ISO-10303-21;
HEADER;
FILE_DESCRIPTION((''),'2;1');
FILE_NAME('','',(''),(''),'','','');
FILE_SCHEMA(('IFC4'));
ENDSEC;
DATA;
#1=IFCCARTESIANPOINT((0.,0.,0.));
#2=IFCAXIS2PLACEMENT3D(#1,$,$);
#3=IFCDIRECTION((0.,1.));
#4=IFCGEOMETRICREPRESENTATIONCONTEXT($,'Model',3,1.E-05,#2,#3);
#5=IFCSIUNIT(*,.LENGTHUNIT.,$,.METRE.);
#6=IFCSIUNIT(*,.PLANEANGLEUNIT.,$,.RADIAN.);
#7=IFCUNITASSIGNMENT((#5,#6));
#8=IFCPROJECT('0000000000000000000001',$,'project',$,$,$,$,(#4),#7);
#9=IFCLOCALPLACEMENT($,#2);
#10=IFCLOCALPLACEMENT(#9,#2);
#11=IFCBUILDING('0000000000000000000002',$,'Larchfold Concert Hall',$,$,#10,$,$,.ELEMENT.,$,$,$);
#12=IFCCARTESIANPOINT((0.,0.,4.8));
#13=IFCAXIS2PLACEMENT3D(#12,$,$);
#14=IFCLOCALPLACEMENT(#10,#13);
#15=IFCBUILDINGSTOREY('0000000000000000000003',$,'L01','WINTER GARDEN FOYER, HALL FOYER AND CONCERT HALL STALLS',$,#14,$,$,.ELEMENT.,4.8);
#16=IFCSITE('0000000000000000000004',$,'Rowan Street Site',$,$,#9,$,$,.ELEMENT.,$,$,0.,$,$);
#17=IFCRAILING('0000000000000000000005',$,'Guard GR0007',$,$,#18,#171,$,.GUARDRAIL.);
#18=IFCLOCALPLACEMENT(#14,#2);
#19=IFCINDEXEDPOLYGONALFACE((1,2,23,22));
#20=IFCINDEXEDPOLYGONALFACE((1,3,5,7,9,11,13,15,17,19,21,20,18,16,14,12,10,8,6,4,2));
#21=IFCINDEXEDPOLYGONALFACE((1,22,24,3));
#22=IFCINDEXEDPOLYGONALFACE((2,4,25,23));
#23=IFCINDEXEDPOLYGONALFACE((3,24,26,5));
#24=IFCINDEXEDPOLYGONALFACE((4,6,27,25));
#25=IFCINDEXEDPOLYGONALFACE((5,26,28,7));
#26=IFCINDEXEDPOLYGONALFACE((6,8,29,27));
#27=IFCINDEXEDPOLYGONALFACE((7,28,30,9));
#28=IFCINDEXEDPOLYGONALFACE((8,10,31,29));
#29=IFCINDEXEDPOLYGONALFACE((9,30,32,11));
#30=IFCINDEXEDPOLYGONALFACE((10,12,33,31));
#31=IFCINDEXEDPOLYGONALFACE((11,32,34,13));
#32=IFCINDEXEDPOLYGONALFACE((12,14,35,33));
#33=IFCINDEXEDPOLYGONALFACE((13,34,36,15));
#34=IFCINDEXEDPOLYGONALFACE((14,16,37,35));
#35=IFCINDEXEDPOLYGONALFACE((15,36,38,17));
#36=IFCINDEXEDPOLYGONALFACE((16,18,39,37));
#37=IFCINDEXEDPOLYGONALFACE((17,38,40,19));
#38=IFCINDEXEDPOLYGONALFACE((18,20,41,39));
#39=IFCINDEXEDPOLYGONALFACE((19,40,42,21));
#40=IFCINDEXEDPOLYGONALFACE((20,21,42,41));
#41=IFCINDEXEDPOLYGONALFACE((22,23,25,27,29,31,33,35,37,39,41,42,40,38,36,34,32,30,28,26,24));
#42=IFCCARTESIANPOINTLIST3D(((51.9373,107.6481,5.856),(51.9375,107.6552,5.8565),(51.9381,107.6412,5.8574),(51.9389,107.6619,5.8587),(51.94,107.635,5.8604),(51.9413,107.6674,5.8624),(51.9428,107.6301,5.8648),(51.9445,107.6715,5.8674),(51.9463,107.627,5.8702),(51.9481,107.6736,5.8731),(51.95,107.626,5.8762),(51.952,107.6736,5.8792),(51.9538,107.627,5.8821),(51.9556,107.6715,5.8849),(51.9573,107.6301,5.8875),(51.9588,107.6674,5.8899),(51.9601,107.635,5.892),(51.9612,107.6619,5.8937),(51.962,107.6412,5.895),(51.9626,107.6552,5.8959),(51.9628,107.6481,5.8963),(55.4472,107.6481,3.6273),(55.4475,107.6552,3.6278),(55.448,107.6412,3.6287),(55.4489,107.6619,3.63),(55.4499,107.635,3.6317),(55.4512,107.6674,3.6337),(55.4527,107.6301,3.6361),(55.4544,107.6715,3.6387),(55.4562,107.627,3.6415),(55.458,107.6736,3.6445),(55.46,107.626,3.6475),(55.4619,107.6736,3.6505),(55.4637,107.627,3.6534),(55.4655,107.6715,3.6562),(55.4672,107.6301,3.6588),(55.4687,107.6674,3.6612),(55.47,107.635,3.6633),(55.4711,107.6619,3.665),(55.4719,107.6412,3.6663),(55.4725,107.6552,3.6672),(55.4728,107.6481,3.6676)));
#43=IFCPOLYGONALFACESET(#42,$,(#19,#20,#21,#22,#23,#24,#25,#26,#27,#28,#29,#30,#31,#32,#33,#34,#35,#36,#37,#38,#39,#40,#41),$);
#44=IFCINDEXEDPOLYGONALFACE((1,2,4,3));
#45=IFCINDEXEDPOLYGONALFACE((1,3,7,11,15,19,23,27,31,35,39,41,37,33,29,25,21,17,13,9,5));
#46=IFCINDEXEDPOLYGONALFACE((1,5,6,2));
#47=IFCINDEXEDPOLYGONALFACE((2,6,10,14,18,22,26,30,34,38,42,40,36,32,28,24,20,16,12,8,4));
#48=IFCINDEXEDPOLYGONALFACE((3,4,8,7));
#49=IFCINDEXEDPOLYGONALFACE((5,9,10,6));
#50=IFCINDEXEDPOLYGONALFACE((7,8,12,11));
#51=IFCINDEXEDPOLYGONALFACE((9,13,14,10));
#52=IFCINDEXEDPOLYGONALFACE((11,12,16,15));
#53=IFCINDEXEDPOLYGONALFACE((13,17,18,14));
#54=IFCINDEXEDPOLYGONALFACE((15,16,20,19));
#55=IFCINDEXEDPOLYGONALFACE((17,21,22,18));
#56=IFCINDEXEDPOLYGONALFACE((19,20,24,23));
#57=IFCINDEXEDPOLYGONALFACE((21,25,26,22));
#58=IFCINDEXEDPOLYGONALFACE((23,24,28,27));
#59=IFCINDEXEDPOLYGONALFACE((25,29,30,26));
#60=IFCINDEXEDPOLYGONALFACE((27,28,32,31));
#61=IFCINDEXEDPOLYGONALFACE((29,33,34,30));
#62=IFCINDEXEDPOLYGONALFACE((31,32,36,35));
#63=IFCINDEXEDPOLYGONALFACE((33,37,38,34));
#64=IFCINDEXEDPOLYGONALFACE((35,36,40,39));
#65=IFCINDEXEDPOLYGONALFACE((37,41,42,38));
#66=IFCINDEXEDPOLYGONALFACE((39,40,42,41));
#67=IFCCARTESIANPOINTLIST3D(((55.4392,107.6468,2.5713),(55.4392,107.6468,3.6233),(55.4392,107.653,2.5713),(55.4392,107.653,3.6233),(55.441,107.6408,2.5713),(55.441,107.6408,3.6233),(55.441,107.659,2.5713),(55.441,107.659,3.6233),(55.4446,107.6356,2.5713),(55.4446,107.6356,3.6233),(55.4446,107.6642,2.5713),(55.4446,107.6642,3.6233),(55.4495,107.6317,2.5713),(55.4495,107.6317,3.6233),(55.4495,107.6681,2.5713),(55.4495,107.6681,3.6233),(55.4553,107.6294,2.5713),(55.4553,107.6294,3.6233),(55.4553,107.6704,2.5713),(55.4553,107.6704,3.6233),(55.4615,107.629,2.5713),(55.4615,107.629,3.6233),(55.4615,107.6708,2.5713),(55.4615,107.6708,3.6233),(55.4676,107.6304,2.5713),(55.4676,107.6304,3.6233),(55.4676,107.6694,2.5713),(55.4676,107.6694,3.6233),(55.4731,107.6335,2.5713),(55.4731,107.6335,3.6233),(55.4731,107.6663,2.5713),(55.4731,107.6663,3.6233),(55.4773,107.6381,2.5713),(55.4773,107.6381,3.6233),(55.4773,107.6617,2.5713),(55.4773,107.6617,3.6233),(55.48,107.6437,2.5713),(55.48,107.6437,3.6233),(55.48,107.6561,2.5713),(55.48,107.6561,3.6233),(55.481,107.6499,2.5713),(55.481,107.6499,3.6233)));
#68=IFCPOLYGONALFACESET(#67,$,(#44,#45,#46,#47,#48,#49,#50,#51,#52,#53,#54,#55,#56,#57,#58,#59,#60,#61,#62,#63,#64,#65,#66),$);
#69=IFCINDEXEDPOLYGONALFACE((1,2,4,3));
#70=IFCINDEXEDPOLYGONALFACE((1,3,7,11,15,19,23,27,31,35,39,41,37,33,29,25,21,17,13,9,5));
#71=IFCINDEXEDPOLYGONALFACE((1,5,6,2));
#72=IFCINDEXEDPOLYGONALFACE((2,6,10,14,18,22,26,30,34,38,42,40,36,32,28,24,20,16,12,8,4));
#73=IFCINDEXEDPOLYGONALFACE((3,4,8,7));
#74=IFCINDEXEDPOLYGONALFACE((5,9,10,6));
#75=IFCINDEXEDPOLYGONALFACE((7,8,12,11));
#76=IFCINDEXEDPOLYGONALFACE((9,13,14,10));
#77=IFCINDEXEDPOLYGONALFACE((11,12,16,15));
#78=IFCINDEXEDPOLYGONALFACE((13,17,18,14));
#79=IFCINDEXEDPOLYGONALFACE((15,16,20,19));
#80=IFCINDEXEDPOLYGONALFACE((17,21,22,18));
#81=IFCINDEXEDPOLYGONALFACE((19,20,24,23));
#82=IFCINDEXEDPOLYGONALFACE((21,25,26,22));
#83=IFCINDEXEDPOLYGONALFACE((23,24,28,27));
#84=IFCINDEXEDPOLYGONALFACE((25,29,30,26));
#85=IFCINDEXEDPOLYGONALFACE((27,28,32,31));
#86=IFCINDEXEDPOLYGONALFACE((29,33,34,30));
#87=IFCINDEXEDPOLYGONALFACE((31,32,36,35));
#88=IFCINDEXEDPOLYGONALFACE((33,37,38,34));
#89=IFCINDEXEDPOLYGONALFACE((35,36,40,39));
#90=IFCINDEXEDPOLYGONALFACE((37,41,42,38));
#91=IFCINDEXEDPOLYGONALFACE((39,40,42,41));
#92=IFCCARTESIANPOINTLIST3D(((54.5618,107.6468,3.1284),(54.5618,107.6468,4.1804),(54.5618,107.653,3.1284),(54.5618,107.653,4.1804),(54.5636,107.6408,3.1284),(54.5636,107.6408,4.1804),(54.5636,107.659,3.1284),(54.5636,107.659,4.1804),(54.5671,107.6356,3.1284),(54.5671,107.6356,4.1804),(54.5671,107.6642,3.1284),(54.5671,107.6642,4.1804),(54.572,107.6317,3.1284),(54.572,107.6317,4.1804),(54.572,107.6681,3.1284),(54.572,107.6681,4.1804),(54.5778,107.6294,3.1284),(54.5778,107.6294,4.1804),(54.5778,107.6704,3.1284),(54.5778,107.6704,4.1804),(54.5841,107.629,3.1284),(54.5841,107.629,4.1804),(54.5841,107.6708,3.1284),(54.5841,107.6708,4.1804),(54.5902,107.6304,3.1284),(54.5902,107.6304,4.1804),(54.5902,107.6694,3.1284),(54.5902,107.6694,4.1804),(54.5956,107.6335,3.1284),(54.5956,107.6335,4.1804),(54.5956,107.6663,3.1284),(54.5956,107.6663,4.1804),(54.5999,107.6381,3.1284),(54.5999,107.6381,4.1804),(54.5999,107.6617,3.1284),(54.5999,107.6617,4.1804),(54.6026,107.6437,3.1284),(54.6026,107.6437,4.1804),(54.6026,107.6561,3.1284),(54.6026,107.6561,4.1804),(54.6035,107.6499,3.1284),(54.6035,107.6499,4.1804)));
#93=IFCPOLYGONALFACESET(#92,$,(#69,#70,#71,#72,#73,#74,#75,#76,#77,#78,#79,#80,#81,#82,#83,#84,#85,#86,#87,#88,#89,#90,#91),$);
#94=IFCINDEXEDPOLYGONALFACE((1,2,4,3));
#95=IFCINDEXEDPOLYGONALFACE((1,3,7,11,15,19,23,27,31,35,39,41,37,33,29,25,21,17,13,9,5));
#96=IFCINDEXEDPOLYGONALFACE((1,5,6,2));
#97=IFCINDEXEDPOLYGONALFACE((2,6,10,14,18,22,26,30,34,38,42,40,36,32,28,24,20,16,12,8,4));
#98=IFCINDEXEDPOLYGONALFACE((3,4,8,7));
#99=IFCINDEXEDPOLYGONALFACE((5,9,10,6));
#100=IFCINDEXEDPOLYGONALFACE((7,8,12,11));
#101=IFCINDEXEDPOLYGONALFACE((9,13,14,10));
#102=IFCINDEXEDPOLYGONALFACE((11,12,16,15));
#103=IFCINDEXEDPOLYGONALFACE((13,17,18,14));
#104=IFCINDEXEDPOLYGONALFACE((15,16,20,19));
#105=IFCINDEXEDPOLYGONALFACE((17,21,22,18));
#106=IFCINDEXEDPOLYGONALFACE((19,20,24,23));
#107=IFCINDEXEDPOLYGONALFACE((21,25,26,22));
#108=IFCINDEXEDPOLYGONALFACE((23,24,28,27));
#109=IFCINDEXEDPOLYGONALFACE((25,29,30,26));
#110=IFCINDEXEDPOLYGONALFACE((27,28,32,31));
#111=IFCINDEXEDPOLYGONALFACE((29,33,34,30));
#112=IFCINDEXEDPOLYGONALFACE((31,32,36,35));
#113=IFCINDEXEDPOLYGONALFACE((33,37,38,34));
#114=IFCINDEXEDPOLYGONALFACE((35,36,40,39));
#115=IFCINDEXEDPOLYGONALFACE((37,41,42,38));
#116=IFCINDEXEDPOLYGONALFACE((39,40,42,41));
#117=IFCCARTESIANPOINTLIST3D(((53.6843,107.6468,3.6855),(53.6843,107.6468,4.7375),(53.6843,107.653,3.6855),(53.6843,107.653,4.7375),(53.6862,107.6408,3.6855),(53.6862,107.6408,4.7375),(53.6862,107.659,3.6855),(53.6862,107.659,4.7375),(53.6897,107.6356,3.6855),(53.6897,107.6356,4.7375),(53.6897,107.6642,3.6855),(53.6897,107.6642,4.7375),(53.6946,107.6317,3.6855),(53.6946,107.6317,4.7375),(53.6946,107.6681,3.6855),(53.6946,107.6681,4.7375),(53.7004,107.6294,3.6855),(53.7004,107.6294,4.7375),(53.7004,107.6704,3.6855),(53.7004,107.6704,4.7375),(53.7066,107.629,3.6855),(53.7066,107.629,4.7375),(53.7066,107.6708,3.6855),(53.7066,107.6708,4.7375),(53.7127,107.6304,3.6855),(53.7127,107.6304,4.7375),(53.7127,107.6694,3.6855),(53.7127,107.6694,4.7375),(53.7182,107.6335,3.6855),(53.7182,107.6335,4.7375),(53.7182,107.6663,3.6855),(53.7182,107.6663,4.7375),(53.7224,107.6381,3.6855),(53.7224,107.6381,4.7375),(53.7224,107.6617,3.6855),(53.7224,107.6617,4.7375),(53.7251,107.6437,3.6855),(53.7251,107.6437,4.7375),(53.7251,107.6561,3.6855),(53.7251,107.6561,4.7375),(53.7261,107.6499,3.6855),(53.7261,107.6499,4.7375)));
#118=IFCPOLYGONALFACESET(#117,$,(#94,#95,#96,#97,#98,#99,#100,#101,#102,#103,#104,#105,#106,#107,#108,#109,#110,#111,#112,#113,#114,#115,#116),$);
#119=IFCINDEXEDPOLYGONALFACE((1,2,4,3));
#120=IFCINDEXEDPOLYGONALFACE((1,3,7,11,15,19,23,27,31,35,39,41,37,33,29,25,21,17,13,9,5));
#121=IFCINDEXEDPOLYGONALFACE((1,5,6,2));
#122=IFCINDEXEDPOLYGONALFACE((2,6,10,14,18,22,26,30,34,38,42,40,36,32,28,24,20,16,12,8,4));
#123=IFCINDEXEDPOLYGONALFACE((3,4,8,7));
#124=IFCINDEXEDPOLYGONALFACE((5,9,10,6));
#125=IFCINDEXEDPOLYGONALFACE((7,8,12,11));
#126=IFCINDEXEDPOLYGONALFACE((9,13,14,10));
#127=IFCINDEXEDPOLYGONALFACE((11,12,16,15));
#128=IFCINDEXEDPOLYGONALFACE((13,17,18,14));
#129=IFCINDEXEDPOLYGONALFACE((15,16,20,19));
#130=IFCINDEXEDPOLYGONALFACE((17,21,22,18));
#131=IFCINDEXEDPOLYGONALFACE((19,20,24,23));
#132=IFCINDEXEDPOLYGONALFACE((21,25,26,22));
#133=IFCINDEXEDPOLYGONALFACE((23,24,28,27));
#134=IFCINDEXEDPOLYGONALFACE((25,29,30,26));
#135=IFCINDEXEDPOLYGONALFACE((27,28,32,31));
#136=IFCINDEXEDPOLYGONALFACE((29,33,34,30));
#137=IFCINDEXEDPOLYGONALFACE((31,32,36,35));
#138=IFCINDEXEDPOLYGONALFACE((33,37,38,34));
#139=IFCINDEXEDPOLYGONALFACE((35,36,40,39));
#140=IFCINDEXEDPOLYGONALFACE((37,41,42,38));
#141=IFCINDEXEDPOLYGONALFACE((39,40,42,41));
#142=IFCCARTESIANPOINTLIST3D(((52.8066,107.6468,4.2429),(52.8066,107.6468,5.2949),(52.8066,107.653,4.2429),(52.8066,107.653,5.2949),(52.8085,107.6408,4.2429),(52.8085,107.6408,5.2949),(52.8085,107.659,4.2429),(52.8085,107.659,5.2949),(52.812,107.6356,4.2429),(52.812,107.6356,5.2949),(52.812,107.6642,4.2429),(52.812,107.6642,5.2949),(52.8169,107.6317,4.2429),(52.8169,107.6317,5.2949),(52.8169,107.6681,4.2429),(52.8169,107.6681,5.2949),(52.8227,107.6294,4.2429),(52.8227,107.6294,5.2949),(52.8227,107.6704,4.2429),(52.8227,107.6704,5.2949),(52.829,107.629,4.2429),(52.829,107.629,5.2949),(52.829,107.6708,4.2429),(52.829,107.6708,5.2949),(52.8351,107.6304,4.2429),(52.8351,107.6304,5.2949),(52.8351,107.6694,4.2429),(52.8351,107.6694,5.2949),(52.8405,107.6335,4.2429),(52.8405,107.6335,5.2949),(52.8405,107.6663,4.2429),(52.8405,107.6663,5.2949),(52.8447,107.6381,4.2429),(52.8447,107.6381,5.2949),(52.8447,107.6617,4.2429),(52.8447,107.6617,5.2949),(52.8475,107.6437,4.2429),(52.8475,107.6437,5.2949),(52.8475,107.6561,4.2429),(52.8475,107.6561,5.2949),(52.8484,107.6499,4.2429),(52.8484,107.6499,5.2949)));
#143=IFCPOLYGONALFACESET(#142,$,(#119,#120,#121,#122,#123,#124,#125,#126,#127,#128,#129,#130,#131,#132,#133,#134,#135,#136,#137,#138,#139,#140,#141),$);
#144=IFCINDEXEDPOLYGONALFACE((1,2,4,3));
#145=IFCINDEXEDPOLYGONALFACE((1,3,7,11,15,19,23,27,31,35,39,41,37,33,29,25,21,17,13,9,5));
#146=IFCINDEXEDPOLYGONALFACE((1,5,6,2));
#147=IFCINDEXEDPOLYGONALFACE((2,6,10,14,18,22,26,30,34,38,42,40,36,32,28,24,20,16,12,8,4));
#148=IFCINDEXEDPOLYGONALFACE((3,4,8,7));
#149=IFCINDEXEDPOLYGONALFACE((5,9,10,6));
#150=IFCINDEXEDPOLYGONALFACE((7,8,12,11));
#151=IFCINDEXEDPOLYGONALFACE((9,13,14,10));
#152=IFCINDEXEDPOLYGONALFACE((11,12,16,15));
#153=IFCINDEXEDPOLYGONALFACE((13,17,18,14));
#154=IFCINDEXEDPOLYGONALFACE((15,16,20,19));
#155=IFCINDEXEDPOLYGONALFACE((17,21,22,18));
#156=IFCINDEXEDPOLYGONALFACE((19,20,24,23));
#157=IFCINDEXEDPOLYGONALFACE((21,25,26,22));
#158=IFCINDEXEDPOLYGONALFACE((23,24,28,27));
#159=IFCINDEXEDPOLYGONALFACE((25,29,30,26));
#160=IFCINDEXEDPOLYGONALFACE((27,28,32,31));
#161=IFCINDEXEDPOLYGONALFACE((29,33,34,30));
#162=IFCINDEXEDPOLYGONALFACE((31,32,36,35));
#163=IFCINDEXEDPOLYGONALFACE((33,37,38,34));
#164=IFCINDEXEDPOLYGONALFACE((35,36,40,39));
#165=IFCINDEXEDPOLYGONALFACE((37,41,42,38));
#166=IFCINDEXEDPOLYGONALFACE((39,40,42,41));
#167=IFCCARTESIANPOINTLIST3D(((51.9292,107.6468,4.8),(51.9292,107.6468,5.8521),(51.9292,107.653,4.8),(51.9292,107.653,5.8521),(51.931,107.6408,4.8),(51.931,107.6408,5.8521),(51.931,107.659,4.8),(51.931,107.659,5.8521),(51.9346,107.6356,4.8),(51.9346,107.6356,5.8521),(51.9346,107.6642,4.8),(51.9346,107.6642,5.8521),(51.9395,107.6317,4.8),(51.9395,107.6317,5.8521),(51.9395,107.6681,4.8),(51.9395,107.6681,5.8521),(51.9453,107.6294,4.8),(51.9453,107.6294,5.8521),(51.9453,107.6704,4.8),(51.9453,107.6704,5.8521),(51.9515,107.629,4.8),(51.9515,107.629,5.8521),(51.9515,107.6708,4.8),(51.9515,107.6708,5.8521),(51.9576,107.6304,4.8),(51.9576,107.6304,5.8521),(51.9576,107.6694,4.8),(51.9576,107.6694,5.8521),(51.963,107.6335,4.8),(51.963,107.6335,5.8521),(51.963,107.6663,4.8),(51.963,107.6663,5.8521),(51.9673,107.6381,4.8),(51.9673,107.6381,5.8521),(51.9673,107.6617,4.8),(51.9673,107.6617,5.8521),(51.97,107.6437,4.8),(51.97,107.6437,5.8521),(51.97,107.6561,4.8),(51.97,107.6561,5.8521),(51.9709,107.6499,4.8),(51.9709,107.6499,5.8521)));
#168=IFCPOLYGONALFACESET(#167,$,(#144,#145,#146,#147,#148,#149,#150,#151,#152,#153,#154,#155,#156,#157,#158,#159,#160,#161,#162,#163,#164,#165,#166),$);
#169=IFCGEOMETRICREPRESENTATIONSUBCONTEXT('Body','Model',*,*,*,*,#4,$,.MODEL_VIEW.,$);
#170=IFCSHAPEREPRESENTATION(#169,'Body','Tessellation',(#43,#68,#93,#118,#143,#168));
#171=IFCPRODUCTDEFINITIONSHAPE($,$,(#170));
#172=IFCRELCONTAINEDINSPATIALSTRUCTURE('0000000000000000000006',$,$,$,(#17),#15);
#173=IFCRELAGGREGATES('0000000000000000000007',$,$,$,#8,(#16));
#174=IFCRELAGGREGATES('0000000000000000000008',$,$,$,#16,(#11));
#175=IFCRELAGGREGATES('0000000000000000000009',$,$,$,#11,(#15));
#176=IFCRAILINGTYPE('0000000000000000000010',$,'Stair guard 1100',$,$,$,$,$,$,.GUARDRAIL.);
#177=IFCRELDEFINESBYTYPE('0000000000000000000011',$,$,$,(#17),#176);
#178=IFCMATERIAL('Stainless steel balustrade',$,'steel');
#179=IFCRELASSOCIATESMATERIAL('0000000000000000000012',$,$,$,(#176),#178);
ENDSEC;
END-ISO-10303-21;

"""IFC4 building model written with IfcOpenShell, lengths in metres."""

from ifc_helpers import new_model, si_unit, direction, frame, origin, origin_2d, place, context, subcontext, project, spatial, circle, extrude, material, type_object, element, save


model = new_model("IFC4")

# Units and contexts
model_context = context("Model", 3, precision=1e-05, world=origin(), true_north=direction((0.0, 1.0)))
body_context = subcontext(model_context, "Body", "Model", "MODEL_VIEW")
ifc_project = project(units=[si_unit("LENGTHUNIT", "METRE"), si_unit("PLANEANGLEUNIT", "RADIAN")], contexts=[model_context])

# Site, building, storey
site_placement = place(None, origin())
site = spatial("IfcSite", under=ifc_project, at=site_placement, Name="Rowan Street Site", CompositionType="ELEMENT", RefElevation=0.0)
building_placement = place(site_placement, origin())
building = spatial("IfcBuilding", under=site, at=building_placement, Name="Larchfold Concert Hall", CompositionType="ELEMENT")
storey_placement = place(building_placement, frame((0.0, 0.0, 4.8)))
storey = spatial("IfcBuildingStorey", under=building, at=storey_placement, Name="L01", Description="WINTER GARDEN FOYER, HALL FOYER AND CONCERT HALL STALLS", CompositionType="ELEMENT", Elevation=4.8)

# Railing
ifc_material_1 = material(Name="Stainless steel balustrade", Category="steel")
railing_type_1 = type_object("IfcRailingType", Name="Stair guard 1100", PredefinedType="GUARDRAIL", material=ifc_material_1)
railing_1_placement = place(storey_placement, frame((55.46, 107.6499, 2.5713)))
element("IfcRailing", 1, at=railing_1_placement, inside=storey, type_object=railing_type_1, Name="Guard GR0007", PredefinedType="GUARDRAIL", context=body_context, shape_type="SweptSolid", body=[
    extrude(circle(Radius=0.0239, at=origin_2d()), frame((0.0, 0.0, 1.0762), z_axis=(-0.844193, 0.0, 0.536039), x_axis=(0.0, -1.0, 0.0)), (0.0, 0.0, 1.0), 4.1577),
    extrude(circle(Radius=0.021, at=origin_2d()), origin(), (0.0, 0.0, 1.0), 1.052),
    extrude(circle(Radius=0.021, at=origin_2d()), frame((-0.8774, 0.0, 0.5571)), (0.0, 0.0, 1.0), 1.052),
    extrude(circle(Radius=0.021, at=origin_2d()), frame((-1.7549, 0.0, 1.1143)), (0.0, 0.0, 1.0), 1.052),
    extrude(circle(Radius=0.021, at=origin_2d()), frame((-2.6326, 0.0, 1.6716)), (0.0, 0.0, 1.0), 1.052),
    extrude(circle(Radius=0.021, at=origin_2d()), frame((-3.51, 0.0, 2.2288)), (0.0, 0.0, 1.0), 1.052),
])

save(model, "model.ifc")
